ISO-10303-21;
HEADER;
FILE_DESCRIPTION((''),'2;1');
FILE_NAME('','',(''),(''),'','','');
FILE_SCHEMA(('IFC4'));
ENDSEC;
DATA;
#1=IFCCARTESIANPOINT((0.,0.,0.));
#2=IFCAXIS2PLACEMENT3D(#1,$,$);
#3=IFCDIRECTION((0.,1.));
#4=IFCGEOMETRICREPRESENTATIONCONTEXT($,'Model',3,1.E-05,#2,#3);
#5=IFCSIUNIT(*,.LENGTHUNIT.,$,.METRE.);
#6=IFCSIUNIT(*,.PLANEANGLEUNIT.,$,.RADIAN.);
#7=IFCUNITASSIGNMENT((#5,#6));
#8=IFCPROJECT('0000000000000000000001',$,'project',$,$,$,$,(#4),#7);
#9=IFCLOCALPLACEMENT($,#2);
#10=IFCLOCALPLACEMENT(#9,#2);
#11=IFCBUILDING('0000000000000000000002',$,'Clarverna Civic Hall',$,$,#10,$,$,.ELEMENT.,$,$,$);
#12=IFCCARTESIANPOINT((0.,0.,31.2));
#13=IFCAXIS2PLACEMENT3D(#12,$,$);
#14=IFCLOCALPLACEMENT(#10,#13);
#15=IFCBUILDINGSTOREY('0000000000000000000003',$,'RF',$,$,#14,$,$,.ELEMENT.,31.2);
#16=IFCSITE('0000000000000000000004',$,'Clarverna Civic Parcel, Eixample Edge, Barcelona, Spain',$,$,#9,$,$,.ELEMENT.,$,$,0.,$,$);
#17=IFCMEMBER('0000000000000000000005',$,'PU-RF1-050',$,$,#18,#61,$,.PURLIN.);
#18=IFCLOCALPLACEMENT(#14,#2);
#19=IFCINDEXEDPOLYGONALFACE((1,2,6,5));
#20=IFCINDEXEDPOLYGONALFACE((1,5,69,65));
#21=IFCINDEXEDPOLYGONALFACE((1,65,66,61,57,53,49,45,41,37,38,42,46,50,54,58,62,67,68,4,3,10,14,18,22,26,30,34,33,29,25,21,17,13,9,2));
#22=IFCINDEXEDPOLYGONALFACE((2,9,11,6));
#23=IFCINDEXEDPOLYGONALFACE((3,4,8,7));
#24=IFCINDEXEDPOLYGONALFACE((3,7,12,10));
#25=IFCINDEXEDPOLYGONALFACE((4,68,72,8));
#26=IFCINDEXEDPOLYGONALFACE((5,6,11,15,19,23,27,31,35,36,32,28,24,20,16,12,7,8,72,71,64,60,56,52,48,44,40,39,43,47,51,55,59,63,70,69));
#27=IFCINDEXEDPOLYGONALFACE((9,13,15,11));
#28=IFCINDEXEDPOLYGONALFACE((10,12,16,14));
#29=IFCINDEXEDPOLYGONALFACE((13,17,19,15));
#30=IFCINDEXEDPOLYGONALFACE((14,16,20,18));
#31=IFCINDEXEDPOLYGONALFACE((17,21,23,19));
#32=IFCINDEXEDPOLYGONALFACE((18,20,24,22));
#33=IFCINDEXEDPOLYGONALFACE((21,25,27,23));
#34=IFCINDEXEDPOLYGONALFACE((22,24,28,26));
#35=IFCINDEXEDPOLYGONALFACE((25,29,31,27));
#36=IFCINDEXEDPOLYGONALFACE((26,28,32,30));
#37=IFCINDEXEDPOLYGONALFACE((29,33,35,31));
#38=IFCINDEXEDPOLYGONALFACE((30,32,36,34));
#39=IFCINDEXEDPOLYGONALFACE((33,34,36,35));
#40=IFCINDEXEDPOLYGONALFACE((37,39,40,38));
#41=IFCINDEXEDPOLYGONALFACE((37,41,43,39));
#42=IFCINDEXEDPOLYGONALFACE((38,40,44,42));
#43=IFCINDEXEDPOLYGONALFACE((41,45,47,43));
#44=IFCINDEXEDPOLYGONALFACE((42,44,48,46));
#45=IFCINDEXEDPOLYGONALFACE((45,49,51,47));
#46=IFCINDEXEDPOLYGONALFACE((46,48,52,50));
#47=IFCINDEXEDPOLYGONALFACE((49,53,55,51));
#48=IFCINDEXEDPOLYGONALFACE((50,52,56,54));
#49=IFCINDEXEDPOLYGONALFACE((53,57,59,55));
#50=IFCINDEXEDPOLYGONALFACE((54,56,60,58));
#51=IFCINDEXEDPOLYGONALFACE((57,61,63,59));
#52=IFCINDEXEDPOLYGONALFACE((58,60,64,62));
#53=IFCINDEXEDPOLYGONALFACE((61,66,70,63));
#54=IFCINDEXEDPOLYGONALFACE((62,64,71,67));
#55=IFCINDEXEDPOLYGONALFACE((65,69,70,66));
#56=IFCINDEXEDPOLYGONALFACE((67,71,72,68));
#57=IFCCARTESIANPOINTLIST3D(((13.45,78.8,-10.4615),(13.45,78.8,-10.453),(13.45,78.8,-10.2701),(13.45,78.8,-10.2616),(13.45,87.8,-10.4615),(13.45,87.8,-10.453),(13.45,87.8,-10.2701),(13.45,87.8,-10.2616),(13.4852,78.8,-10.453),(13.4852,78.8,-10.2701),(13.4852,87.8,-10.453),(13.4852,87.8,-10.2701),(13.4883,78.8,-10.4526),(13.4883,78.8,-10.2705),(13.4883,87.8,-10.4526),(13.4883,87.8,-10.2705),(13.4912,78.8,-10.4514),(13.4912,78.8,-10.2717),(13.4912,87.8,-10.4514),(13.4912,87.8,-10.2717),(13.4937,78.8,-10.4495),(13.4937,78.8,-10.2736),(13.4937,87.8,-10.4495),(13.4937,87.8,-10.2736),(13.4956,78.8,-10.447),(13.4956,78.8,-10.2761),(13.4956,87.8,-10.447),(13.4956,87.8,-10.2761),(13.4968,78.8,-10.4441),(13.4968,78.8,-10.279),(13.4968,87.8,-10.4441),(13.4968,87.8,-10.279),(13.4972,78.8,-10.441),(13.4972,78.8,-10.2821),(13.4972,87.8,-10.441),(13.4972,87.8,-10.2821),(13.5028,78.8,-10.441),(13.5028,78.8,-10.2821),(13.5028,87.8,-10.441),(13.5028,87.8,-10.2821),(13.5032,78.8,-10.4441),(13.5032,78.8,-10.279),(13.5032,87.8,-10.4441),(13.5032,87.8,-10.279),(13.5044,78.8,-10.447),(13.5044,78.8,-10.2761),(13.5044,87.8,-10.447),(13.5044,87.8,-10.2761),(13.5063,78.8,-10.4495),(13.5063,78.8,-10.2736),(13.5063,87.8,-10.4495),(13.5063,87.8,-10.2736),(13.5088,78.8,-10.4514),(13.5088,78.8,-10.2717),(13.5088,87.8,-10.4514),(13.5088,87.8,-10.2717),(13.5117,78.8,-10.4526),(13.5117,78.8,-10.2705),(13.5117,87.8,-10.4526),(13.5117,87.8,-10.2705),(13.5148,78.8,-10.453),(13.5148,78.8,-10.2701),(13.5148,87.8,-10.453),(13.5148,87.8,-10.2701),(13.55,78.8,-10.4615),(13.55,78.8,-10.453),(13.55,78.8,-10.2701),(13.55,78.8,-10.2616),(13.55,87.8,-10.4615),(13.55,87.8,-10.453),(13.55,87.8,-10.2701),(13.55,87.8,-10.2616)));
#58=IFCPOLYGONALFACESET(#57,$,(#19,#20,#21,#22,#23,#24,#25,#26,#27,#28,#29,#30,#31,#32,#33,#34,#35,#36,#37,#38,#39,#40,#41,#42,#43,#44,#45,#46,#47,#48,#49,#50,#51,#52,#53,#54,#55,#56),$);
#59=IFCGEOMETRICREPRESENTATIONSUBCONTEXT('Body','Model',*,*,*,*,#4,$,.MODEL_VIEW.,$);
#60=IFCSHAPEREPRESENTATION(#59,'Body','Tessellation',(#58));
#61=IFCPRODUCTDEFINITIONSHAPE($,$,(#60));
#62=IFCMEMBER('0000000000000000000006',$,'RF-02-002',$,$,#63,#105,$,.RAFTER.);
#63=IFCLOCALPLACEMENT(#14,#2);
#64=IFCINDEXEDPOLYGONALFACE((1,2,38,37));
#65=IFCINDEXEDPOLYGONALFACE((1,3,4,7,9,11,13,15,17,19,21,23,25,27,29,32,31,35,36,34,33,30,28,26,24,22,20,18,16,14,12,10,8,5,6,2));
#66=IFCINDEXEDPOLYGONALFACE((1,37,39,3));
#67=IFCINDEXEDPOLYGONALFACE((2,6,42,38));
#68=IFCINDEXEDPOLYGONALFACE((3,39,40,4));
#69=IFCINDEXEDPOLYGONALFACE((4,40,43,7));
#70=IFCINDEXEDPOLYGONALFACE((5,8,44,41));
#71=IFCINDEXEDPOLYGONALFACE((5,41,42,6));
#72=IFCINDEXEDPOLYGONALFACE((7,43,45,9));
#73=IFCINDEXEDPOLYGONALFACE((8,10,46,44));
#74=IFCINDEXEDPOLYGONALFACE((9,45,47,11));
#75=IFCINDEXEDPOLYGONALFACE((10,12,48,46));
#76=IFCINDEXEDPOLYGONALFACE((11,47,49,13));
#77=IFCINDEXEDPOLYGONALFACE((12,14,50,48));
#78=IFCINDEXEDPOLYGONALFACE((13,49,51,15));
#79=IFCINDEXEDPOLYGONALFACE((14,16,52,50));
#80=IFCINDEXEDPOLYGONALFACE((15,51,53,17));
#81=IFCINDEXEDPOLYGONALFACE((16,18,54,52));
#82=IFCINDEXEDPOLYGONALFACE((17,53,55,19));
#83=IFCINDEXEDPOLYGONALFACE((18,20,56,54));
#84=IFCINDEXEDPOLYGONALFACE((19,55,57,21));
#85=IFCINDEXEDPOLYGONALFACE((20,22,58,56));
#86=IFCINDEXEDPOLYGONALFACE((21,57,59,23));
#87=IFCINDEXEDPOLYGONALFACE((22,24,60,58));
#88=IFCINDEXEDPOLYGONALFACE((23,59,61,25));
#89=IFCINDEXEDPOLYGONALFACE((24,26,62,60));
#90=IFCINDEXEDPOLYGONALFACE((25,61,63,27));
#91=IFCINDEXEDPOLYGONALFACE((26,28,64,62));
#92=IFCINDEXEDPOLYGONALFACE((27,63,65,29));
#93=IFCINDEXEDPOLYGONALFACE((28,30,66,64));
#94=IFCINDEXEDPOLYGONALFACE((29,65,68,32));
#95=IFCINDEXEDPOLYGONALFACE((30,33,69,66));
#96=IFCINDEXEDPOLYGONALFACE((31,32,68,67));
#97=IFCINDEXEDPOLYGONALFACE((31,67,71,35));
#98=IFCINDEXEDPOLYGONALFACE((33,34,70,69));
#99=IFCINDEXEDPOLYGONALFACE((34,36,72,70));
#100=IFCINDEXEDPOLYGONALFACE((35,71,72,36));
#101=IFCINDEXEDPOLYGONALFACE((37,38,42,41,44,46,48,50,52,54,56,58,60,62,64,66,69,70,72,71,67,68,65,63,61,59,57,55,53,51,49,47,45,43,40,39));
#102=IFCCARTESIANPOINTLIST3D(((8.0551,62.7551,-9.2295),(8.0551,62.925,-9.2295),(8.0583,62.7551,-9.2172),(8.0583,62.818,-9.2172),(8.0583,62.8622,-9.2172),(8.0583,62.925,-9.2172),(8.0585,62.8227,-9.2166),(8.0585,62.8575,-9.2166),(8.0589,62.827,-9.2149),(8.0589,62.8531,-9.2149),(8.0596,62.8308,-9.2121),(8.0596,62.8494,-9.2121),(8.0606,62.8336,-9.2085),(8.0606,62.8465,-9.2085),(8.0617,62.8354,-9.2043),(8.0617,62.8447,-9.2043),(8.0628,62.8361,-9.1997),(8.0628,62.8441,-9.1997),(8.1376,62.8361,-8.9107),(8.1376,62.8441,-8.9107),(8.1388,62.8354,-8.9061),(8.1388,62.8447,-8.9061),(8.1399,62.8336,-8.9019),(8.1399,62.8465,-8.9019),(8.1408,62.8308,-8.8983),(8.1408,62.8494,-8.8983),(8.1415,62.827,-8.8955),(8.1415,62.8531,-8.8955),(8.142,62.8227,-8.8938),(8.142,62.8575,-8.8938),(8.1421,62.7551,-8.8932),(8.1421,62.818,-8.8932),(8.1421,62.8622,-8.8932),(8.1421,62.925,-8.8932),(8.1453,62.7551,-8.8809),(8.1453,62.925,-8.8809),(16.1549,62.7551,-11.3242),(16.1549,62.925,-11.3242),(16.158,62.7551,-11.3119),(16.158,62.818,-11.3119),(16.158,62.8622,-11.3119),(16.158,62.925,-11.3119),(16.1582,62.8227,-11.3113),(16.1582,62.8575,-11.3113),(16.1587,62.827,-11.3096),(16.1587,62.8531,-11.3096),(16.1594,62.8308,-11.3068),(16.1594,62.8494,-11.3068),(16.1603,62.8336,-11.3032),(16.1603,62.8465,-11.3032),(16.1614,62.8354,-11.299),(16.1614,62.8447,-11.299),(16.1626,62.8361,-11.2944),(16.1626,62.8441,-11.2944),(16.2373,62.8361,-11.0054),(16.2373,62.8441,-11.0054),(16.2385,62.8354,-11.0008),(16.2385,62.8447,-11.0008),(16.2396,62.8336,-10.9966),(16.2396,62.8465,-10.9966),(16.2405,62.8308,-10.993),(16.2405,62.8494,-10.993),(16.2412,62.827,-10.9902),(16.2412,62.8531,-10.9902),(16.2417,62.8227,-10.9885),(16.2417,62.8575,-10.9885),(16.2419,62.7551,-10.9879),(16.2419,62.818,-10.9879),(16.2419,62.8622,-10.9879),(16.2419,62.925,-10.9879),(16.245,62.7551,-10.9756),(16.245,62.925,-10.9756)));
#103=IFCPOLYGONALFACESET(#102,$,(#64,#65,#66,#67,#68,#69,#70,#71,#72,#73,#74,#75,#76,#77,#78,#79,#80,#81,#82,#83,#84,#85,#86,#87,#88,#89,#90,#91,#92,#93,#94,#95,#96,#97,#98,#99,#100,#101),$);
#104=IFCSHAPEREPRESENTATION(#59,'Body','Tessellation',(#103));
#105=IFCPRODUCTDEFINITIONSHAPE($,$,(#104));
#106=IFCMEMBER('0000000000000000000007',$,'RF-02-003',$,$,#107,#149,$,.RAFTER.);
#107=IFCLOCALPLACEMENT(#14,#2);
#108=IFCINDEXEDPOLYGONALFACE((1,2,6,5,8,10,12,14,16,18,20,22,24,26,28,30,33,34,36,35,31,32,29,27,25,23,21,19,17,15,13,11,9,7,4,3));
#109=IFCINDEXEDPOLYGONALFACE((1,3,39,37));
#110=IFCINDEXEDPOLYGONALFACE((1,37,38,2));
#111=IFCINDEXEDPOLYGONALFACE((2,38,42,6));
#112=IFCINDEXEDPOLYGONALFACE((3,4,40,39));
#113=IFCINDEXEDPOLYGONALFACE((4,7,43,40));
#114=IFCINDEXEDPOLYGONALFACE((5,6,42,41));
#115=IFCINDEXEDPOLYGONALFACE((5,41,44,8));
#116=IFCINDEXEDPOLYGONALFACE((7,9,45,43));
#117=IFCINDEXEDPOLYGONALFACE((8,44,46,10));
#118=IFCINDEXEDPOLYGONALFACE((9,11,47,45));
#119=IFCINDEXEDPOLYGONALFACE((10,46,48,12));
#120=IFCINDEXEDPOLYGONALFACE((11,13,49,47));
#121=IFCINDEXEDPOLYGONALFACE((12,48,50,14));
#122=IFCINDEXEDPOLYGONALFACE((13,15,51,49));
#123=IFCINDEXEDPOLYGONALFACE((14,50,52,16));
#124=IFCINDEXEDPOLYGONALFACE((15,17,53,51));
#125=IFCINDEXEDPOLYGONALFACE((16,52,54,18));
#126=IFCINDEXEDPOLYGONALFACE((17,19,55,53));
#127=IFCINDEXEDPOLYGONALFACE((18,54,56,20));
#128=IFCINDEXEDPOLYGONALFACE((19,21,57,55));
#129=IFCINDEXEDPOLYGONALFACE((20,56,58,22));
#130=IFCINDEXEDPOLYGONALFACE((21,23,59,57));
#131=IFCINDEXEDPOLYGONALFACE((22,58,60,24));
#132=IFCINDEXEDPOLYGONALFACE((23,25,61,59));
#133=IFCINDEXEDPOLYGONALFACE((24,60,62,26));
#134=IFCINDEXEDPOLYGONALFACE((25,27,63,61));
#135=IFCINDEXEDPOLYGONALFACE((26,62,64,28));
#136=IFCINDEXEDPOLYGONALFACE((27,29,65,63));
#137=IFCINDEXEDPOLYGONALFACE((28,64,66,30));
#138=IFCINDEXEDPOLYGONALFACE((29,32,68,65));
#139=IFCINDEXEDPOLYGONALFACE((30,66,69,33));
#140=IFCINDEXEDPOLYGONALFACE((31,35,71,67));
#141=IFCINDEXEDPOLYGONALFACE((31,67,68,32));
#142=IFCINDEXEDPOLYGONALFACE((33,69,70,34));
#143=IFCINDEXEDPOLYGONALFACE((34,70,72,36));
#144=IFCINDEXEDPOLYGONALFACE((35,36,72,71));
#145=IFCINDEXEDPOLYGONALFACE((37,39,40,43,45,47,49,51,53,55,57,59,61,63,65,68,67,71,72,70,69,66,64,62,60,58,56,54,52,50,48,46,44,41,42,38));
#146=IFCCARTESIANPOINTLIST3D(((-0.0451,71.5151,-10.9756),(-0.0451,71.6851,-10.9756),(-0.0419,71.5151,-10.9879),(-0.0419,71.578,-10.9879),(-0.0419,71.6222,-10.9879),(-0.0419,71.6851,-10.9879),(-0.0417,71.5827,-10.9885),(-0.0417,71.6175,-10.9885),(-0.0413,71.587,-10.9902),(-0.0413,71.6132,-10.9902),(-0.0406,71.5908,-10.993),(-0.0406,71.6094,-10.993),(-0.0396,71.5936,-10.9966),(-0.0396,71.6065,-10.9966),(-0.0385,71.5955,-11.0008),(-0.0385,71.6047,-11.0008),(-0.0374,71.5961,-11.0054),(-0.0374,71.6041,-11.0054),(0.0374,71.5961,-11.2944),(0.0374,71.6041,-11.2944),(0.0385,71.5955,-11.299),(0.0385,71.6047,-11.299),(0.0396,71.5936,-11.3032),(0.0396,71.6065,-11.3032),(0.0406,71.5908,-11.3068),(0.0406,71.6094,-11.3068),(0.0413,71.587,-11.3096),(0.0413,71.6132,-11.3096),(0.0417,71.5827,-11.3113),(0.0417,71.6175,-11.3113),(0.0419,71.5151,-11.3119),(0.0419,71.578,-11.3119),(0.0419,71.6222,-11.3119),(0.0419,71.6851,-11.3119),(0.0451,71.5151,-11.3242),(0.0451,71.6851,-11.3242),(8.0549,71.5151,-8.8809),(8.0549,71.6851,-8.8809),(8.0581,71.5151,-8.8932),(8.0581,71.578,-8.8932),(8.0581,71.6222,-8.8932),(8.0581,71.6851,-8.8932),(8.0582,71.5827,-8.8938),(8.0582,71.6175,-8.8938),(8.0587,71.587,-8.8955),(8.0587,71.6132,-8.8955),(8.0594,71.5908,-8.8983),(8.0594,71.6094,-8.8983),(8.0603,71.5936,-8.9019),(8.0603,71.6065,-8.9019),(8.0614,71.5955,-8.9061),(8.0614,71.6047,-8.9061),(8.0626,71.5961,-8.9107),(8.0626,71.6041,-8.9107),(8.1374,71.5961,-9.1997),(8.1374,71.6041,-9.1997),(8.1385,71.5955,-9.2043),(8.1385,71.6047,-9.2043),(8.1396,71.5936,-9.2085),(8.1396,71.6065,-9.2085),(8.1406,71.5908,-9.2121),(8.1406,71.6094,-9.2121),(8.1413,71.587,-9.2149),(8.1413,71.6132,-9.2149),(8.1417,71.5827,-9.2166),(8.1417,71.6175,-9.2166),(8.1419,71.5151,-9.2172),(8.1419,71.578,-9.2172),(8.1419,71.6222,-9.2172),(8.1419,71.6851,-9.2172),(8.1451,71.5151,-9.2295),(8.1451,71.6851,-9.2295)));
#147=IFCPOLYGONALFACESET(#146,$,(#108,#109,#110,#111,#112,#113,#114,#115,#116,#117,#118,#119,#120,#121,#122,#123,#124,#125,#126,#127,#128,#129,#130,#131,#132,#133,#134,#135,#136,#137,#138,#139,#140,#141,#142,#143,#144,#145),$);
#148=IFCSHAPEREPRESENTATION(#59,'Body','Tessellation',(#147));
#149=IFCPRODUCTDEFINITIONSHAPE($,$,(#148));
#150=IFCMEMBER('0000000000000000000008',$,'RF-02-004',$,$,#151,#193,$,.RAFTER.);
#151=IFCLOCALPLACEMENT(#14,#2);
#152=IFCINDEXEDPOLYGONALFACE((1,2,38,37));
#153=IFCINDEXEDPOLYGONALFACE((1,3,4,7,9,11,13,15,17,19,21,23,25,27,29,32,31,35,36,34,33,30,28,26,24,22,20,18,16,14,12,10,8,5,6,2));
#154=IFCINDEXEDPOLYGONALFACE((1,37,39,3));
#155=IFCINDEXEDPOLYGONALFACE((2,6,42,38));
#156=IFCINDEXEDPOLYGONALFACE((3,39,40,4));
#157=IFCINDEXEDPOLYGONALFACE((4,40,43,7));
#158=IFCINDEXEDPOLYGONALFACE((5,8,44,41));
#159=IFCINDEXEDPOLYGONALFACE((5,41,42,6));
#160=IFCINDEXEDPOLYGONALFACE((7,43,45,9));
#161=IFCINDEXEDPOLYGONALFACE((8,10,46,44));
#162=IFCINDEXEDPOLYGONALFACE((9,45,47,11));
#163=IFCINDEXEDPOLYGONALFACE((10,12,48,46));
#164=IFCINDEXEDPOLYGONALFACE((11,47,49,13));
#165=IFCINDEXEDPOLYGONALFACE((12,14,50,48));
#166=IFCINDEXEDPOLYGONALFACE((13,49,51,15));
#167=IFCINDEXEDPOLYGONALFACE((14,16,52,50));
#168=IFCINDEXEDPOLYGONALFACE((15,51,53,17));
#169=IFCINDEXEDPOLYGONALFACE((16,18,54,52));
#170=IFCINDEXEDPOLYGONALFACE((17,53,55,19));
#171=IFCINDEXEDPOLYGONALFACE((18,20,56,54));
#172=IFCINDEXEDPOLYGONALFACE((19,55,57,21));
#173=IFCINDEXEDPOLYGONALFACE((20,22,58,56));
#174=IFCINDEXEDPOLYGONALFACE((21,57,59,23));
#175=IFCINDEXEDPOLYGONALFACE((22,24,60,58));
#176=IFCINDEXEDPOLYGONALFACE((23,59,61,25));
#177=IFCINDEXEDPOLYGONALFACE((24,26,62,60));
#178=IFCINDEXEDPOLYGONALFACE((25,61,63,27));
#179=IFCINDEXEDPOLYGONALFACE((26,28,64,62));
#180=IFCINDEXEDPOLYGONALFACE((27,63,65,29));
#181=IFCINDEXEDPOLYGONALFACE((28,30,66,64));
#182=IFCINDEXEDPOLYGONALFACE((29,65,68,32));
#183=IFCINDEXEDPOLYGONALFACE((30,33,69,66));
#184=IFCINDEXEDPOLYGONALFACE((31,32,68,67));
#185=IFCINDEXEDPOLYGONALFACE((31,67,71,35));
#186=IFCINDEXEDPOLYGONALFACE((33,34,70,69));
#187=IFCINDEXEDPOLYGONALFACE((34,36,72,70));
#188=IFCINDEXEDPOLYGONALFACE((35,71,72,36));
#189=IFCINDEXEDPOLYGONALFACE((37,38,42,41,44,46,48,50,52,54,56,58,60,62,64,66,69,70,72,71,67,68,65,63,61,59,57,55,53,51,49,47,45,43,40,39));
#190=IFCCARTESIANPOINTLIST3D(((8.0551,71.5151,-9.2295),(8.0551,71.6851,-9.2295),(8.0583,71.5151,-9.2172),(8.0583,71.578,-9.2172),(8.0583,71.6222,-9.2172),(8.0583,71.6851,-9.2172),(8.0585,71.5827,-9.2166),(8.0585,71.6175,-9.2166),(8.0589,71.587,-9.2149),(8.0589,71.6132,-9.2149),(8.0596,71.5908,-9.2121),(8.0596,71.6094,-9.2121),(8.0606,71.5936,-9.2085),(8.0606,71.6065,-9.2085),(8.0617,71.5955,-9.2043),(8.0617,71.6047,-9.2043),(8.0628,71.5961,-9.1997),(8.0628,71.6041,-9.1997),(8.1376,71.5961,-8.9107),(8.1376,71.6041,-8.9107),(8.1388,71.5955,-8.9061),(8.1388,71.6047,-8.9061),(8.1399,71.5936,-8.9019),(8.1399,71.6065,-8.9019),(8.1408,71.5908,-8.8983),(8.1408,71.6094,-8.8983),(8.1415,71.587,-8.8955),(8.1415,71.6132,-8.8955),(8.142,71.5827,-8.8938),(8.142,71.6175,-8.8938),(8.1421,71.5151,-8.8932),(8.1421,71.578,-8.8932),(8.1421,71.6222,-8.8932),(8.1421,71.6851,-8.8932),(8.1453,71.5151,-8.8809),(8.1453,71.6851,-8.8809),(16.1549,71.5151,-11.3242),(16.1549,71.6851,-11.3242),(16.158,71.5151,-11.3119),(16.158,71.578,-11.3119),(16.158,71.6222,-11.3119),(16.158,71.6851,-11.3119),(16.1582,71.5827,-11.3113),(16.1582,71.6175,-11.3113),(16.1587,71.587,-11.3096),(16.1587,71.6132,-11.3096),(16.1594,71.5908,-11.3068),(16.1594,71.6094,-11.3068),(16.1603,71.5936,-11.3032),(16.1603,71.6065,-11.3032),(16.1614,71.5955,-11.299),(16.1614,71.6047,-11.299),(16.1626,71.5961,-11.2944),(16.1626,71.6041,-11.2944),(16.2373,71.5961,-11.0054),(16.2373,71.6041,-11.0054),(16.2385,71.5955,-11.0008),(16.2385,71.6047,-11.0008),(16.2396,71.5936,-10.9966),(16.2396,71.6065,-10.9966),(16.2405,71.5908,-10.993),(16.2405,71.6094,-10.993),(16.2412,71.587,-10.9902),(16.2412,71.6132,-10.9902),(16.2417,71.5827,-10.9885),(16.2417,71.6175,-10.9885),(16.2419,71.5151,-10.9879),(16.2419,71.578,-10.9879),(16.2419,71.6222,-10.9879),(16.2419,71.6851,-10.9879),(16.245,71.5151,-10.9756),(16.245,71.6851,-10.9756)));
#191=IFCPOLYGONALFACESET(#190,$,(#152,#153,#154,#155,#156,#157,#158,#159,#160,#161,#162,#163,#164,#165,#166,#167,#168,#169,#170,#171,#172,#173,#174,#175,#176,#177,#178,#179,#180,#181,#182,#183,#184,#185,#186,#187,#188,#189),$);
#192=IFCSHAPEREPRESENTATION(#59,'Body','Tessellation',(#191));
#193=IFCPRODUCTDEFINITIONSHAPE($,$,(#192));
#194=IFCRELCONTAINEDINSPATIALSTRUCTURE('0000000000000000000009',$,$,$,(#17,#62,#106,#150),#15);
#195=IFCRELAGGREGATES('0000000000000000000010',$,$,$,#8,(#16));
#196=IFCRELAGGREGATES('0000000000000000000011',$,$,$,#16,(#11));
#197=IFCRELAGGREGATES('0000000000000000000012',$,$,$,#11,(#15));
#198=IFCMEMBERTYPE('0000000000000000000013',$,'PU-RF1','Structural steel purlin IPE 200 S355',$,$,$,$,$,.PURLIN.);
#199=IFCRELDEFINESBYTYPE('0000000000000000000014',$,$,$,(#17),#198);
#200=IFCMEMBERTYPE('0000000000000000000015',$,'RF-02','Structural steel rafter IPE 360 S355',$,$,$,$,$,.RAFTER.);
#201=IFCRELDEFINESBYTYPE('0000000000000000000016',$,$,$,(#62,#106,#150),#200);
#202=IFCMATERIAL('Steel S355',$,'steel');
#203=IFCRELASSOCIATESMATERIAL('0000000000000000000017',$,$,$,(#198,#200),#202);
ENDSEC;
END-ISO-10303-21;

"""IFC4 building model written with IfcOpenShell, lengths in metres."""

from ifc_helpers import new_model, si_unit, direction, frame, origin, origin_2d, place, context, subcontext, project, spatial, i_section, extrude, material, material_profile, profile_set, type_object, element, save


model = new_model("IFC4")

# Units and contexts
model_context = context("Model", 3, precision=1e-05, world=origin(), true_north=direction((0.0, 1.0)))
body_context = subcontext(model_context, "Body", "Model", "MODEL_VIEW")
ifc_project = project(units=[si_unit("LENGTHUNIT", "METRE"), si_unit("PLANEANGLEUNIT", "RADIAN")], contexts=[model_context])

# Site, building, storey
site_placement = place(None, origin())
site = spatial("IfcSite", under=ifc_project, at=site_placement, Name="Clarverna Civic Parcel, Eixample Edge, Barcelona, Spain", CompositionType="ELEMENT", RefElevation=0.0)
building_placement = place(site_placement, origin())
building = spatial("IfcBuilding", under=site, at=building_placement, Name="Clarverna Civic Hall", CompositionType="ELEMENT")
storey_placement = place(building_placement, frame((0.0, 0.0, 31.2)))
storey = spatial("IfcBuildingStorey", under=building, at=storey_placement, Name="RF", CompositionType="ELEMENT", Elevation=31.2)

# Members
ifc_material_1 = material(Name="Steel S355", Category="steel")
ifc_material_profile_1 = material_profile(ifc_material_1, i_section(OverallWidth=0.1001, OverallDepth=0.2, WebThickness=0.0056, FlangeThickness=0.0085, FilletRadius=0.012, at=origin_2d()), Name="IPE 200")
ifc_profile_set_1 = profile_set([ifc_material_profile_1], Name="Steel S355")
member_type_1 = type_object("IfcMemberType", Name="PU-RF1", Description="Structural steel purlin IPE 200 S355", PredefinedType="PURLIN", material=ifc_profile_set_1)
member_1_placement = place(storey_placement, frame((13.5, 78.8, -10.3616), z_axis=(0.0, 1.0, 0.0), x_axis=(-1.0, 0.0, 0.0)))
element("IfcMember", 1, at=member_1_placement, inside=storey, type_object=member_type_1, Name="PU-RF1-050", PredefinedType="PURLIN", context=body_context, shape_type="SweptSolid", body=[
    extrude(i_section(OverallWidth=0.1001, OverallDepth=0.2, WebThickness=0.0056, FlangeThickness=0.0085, FilletRadius=0.012, at=origin_2d()), origin(), (0.0, 0.0, 1.0), 9.0),
])
ifc_material_profile_2 = material_profile(ifc_material_1, i_section(OverallWidth=0.1699, OverallDepth=0.3601, WebThickness=0.0081, FlangeThickness=0.0127, FilletRadius=0.0181, at=origin_2d()), Name="IPE 360")
ifc_profile_set_2 = profile_set([ifc_material_profile_2], Name="Steel S355")
member_type_2 = type_object("IfcMemberType", Name="RF-02", Description="Structural steel rafter IPE 360 S355", PredefinedType="RAFTER", material=ifc_profile_set_2)
member_2_placement = place(storey_placement, frame((16.2, 62.8401, -11.1499), z_axis=(-0.968149, 0.0, 0.250376), x_axis=(0.0, -1.0, 0.0)))
element("IfcMember", 2, at=member_2_placement, inside=storey, type_object=member_type_2, Name="RF-02-002", PredefinedType="RAFTER", context=body_context, shape_type="SweptSolid", body=[
    extrude(i_section(OverallWidth=0.1699, OverallDepth=0.3601, WebThickness=0.0081, FlangeThickness=0.0127, FilletRadius=0.0181, at=origin_2d()), origin(), (0.0, 0.0, 1.0), 8.3662),
])
member_3_placement = place(storey_placement, frame((0.0, 71.6001, -11.1499), z_axis=(0.968151, 0.0, 0.250369), x_axis=(0.0, 1.0, 0.0)))
element("IfcMember", 3, at=member_3_placement, inside=storey, type_object=member_type_2, Name="RF-02-003", PredefinedType="RAFTER", context=body_context, shape_type="SweptSolid", body=[
    extrude(i_section(OverallWidth=0.1699, OverallDepth=0.3601, WebThickness=0.0081, FlangeThickness=0.0127, FilletRadius=0.0181, at=origin_2d()), origin(), (0.0, 0.0, 1.0), 8.3665),
])
member_4_placement = place(storey_placement, frame((16.2, 71.6001, -11.1499), z_axis=(-0.968149, 0.0, 0.250376), x_axis=(0.0, -1.0, 0.0)))
element("IfcMember", 4, at=member_4_placement, inside=storey, type_object=member_type_2, Name="RF-02-004", PredefinedType="RAFTER", context=body_context, shape_type="SweptSolid", body=[
    extrude(i_section(OverallWidth=0.1699, OverallDepth=0.3601, WebThickness=0.0081, FlangeThickness=0.0127, FilletRadius=0.0181, at=origin_2d()), origin(), (0.0, 0.0, 1.0), 8.3662),
])

save(model, "model.ifc")
